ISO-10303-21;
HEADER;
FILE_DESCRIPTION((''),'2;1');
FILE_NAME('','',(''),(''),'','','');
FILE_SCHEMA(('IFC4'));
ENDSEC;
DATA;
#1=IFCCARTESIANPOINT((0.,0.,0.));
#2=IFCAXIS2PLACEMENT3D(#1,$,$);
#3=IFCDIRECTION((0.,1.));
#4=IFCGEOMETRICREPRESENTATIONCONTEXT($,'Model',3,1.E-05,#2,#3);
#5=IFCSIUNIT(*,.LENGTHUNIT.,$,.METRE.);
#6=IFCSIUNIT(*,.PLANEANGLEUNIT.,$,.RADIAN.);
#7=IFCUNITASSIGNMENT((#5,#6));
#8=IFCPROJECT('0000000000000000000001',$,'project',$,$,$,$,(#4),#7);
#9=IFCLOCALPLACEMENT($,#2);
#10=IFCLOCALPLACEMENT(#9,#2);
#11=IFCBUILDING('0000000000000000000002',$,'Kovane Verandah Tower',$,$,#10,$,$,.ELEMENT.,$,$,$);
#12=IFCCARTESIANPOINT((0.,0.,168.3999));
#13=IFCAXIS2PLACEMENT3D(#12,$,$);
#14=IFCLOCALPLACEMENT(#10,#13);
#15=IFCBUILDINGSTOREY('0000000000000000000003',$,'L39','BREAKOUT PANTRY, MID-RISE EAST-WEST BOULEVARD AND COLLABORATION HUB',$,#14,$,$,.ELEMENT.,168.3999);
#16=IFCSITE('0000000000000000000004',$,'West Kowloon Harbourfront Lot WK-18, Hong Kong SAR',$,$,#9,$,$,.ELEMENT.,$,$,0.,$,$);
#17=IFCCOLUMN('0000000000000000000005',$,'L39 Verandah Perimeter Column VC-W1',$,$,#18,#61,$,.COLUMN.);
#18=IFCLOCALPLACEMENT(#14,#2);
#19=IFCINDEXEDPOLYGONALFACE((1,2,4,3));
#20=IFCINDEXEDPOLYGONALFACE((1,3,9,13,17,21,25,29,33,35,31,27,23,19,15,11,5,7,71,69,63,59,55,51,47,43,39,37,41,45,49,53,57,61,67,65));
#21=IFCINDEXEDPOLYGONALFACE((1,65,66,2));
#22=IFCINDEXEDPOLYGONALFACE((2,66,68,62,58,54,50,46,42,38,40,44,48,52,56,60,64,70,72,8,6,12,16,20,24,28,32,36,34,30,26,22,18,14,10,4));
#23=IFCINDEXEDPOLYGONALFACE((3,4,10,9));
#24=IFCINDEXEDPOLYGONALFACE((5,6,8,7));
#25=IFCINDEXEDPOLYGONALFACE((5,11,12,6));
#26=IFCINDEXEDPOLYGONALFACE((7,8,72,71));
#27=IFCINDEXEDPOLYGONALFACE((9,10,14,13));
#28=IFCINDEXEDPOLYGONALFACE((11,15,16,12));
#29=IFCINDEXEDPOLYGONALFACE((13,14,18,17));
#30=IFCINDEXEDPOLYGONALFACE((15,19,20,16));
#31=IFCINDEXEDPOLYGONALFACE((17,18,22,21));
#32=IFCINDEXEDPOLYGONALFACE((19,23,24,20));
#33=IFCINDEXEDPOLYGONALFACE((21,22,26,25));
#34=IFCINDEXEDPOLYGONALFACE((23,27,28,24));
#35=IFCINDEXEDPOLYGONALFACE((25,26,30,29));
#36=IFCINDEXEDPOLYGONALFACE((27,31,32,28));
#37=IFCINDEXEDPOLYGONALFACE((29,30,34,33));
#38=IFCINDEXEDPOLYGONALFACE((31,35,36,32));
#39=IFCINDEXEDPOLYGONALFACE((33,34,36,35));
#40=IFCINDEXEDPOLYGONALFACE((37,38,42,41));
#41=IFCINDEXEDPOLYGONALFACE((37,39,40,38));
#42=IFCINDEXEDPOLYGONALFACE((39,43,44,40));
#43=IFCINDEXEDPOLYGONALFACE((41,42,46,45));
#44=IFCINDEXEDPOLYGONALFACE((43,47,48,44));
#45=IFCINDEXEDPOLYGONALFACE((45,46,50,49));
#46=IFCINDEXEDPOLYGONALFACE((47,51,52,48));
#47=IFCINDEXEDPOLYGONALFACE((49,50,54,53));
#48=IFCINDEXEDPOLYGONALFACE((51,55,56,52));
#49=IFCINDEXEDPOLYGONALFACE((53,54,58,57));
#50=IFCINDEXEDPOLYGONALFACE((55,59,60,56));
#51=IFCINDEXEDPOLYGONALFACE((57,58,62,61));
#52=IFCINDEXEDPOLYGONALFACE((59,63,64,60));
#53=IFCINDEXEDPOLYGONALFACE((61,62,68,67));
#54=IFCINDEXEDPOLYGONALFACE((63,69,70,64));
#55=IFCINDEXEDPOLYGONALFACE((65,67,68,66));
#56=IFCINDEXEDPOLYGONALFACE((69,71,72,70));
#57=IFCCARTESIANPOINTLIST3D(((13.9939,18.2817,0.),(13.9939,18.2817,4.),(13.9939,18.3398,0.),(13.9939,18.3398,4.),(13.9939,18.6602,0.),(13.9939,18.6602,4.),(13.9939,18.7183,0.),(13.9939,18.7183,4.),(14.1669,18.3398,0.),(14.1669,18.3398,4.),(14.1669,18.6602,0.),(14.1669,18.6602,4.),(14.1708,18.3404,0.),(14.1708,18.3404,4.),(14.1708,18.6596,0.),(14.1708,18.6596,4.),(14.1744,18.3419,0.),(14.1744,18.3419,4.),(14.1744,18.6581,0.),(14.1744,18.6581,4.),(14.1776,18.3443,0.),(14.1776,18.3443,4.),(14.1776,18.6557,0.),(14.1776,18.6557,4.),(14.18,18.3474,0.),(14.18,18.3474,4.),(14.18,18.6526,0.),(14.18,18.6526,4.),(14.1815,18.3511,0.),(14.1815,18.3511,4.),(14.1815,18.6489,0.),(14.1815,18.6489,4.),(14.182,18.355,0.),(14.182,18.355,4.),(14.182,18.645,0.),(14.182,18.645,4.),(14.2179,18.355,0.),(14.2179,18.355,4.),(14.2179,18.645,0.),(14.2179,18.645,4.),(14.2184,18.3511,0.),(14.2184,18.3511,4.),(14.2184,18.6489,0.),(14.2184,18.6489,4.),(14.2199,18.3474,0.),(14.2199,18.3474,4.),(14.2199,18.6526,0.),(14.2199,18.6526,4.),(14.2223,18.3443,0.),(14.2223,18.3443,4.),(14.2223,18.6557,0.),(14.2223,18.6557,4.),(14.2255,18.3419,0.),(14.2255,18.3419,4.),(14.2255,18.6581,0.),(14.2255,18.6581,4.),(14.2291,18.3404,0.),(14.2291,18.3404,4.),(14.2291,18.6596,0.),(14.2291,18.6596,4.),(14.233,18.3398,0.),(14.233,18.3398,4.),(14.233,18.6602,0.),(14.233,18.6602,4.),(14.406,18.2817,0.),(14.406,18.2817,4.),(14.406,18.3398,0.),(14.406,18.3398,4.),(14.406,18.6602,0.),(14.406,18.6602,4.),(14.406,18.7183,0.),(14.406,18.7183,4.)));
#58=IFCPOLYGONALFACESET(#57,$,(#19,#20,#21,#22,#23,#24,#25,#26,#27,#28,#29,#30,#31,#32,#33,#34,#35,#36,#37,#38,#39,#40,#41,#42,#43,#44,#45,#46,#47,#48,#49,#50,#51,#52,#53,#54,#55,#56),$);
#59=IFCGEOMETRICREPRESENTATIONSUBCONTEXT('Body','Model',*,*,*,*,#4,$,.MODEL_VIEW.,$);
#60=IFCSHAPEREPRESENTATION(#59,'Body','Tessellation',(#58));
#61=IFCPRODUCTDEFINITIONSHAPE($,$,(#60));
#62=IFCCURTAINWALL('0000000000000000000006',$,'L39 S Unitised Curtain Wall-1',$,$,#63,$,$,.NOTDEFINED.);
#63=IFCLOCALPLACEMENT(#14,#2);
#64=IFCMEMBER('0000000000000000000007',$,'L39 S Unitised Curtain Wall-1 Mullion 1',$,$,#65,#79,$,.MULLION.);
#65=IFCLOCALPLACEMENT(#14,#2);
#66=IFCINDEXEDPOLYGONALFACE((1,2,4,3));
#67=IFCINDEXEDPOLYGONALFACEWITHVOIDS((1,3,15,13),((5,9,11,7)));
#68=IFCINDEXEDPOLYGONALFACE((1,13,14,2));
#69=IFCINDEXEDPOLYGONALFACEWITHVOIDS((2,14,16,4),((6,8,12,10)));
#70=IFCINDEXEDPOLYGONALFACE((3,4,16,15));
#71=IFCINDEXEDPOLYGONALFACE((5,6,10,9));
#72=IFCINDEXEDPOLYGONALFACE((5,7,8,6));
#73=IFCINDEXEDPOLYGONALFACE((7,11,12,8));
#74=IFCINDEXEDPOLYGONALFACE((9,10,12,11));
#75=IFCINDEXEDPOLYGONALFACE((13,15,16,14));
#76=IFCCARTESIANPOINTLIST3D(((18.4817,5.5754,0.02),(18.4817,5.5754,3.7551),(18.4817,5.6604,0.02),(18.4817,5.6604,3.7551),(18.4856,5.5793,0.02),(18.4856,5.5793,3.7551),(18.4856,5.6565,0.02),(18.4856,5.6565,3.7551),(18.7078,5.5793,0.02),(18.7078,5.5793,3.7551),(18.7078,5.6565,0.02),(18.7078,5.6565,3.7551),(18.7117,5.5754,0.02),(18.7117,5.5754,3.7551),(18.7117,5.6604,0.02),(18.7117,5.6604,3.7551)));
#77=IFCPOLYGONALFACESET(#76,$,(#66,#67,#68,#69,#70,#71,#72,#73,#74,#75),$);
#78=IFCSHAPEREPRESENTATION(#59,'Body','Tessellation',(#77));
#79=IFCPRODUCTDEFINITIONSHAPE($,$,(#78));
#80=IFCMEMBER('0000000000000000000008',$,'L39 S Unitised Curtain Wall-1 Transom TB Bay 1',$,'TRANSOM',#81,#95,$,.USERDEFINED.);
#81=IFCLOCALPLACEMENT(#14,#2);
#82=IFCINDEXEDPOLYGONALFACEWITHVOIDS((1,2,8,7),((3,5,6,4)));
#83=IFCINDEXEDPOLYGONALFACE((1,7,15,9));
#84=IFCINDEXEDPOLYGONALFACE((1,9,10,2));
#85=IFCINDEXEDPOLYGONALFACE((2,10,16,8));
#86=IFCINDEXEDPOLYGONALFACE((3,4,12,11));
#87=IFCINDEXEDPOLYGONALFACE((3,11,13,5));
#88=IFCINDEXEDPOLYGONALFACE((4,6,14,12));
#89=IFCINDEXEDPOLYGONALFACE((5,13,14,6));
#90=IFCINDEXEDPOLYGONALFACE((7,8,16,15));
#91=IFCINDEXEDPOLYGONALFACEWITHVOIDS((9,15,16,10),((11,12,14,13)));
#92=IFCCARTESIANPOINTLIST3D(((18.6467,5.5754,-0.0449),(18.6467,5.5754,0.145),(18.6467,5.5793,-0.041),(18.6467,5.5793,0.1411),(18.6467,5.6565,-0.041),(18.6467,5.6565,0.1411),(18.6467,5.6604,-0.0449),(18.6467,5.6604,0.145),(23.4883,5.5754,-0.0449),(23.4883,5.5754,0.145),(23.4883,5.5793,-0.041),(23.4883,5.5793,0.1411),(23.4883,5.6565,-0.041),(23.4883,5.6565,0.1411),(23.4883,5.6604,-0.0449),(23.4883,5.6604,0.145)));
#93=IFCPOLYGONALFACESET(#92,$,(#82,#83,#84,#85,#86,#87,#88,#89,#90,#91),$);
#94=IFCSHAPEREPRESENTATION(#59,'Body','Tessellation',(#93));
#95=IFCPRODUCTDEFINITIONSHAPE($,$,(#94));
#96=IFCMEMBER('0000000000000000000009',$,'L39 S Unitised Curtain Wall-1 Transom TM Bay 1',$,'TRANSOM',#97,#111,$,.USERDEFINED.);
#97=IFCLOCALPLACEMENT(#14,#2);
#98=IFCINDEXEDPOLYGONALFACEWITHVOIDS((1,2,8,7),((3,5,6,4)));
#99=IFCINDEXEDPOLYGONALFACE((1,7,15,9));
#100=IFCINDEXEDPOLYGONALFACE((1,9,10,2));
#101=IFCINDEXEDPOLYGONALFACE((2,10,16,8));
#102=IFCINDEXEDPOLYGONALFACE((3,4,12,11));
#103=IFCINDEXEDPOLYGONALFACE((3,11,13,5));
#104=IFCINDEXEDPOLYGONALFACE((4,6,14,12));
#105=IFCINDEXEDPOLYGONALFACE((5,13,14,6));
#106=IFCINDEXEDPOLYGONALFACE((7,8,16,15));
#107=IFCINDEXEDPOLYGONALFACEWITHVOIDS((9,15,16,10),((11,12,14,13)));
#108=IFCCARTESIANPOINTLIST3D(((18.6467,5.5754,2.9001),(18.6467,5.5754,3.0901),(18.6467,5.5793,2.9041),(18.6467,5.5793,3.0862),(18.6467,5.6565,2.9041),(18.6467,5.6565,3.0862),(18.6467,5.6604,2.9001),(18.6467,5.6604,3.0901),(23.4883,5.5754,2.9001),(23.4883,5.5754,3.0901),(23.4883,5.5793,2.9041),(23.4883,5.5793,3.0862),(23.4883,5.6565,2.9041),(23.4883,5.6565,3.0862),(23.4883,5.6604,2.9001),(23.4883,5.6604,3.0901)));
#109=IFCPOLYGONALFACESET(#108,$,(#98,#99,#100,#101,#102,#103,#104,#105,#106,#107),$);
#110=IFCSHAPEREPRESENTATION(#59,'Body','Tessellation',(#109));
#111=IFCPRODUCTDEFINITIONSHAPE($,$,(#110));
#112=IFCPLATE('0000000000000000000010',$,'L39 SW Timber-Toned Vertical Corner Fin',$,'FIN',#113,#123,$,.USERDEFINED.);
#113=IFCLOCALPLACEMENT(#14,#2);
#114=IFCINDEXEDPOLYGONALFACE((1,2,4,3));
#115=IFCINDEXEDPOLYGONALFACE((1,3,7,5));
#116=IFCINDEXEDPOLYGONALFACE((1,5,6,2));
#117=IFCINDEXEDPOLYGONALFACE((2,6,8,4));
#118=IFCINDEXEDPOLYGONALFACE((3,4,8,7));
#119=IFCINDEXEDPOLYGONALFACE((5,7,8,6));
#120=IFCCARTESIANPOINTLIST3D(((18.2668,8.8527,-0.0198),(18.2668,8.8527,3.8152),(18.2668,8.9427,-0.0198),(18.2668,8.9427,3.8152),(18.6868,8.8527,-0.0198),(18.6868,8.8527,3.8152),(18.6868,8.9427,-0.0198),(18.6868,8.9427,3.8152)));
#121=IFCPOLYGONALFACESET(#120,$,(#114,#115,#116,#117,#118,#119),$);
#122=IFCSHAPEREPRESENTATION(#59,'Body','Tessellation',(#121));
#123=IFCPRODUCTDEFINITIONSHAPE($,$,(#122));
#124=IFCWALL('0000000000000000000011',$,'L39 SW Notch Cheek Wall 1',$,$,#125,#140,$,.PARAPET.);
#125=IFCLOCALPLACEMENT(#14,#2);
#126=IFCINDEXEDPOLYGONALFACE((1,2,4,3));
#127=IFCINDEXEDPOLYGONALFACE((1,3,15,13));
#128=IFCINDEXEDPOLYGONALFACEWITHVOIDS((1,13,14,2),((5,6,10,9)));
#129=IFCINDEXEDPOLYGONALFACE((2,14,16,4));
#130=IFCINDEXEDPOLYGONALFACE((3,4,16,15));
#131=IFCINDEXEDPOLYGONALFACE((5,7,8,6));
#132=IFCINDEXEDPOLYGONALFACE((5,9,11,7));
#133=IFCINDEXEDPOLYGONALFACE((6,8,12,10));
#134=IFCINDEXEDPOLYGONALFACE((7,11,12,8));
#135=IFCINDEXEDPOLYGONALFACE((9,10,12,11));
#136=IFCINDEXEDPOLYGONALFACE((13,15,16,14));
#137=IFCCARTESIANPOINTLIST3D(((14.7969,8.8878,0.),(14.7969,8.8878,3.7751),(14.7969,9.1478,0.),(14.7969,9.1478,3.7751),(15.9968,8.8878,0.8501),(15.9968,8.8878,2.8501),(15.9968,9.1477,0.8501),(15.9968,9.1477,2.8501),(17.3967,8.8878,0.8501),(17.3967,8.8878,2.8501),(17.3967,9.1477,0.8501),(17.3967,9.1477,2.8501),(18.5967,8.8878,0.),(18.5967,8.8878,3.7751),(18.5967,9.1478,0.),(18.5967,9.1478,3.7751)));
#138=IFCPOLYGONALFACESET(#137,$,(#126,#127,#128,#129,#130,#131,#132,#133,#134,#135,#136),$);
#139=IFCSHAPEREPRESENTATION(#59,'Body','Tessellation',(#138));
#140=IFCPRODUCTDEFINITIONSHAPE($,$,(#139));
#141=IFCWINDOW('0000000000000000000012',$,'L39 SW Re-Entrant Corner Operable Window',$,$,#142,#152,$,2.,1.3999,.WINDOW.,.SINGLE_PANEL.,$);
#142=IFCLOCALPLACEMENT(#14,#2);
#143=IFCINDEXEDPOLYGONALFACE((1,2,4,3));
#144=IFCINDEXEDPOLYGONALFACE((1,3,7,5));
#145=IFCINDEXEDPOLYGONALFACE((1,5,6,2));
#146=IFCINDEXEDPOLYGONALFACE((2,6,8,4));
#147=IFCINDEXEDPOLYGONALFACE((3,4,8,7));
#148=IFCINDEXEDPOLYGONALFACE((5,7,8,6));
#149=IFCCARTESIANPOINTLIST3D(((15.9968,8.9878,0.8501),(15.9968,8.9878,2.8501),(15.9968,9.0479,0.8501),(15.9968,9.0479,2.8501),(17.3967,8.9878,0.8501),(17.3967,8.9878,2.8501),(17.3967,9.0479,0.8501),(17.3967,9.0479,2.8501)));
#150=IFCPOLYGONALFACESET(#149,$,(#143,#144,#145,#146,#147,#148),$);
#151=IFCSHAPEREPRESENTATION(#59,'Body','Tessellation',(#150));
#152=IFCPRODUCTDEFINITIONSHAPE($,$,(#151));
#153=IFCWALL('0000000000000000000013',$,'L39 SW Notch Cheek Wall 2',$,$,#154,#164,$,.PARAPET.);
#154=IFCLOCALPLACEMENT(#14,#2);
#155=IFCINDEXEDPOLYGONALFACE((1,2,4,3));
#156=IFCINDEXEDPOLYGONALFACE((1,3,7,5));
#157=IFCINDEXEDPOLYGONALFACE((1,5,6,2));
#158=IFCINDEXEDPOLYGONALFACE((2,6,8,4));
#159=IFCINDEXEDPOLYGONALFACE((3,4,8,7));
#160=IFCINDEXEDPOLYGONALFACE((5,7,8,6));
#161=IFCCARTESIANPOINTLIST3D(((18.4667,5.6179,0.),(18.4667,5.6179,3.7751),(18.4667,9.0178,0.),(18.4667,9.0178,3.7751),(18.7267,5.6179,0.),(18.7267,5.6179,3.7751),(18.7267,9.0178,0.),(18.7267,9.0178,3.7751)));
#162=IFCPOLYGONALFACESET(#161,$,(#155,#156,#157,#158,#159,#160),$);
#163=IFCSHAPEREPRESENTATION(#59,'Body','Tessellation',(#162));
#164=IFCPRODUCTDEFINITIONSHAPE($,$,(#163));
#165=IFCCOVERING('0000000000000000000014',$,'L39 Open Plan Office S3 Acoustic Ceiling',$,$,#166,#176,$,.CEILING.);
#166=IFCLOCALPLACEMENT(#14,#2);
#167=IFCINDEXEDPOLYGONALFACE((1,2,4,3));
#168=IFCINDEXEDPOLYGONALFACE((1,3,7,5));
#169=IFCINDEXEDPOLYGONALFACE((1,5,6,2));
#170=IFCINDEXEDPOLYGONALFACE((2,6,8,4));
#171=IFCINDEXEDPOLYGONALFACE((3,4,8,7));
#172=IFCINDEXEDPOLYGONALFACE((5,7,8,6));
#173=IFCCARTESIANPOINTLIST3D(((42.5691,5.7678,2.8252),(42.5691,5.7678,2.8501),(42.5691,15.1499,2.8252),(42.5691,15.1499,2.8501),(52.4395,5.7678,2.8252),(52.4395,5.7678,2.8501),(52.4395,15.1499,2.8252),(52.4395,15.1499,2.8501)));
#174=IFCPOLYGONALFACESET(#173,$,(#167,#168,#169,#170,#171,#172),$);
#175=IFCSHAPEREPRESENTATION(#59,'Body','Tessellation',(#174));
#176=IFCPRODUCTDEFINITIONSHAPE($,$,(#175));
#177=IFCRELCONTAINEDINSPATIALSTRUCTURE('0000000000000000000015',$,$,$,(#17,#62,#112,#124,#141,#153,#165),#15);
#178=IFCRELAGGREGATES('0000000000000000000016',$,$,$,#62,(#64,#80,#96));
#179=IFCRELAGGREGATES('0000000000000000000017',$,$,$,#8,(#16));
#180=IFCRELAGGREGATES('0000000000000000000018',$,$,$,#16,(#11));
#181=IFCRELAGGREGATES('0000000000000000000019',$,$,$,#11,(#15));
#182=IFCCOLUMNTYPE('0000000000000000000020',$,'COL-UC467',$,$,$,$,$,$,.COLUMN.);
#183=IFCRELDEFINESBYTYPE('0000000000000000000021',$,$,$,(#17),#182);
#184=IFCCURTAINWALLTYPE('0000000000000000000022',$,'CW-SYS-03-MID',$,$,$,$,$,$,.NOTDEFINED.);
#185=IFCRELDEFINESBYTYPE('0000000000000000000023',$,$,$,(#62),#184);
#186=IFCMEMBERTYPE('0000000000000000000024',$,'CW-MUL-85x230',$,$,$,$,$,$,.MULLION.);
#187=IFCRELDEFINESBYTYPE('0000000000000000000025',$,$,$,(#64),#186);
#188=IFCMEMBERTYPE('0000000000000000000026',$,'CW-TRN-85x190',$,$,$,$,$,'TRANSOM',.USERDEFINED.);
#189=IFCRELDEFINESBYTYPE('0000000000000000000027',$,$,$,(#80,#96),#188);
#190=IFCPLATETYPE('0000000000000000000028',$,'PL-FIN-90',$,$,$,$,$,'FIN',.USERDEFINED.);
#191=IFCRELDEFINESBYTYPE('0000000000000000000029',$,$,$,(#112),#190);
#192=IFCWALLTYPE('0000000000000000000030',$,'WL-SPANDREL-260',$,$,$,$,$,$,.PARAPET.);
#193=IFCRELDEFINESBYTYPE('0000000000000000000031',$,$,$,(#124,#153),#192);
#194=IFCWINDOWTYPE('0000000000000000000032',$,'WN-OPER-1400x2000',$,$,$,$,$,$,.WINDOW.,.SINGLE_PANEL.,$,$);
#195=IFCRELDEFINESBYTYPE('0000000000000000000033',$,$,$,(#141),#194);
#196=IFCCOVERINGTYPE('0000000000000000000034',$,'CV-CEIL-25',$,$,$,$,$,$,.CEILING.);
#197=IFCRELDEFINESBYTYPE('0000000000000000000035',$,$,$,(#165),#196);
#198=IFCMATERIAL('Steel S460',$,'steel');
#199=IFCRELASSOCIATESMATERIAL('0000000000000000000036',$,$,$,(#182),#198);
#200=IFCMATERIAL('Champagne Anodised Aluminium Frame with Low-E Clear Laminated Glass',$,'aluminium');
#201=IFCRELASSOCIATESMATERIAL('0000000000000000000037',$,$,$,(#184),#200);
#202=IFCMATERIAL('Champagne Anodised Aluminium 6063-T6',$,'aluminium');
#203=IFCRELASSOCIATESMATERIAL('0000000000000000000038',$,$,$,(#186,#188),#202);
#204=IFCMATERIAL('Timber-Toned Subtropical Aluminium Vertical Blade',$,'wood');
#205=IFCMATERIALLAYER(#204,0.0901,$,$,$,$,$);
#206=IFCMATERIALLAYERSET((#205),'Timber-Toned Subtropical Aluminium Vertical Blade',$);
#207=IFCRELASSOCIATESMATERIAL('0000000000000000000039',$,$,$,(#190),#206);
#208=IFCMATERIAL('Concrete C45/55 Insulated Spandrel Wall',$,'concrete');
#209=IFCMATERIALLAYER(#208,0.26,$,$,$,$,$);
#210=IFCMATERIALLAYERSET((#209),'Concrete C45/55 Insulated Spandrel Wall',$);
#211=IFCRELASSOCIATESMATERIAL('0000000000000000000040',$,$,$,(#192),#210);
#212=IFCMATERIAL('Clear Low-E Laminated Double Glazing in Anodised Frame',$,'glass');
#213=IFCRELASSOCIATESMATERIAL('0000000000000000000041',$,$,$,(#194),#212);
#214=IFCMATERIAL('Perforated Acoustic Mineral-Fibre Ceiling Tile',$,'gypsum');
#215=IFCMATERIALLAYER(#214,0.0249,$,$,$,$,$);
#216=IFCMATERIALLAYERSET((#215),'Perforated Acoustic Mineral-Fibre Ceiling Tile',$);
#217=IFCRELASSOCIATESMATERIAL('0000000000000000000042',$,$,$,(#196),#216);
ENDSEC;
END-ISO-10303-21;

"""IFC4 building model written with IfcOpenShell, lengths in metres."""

from ifc_helpers import new_model, si_unit, direction, frame, frame_2d, origin, origin_2d, place, context, subcontext, project, spatial, polyline, rectangle, hollow_rectangle, i_section, outline, extrude, material, layer, layer_set, material_profile, profile_set, type_object, element, fill, aggregate, save


model = new_model("IFC4")

# Units and contexts
model_context = context("Model", 3, precision=1e-05, world=origin(), true_north=direction((0.0, 1.0)))
body_context = subcontext(model_context, "Body", "Model", "MODEL_VIEW")
ifc_project = project(units=[si_unit("LENGTHUNIT", "METRE"), si_unit("PLANEANGLEUNIT", "RADIAN")], contexts=[model_context])

# Site, building, storey
site_placement = place(None, origin())
site = spatial("IfcSite", under=ifc_project, at=site_placement, Name="West Kowloon Harbourfront Lot WK-18, Hong Kong SAR", CompositionType="ELEMENT", RefElevation=0.0)
building_placement = place(site_placement, origin())
building = spatial("IfcBuilding", under=site, at=building_placement, Name="Kovane Verandah Tower", CompositionType="ELEMENT")
storey_placement = place(building_placement, frame((0.0, 0.0, 168.3999)))
storey = spatial("IfcBuildingStorey", under=building, at=storey_placement, Name="L39", Description="BREAKOUT PANTRY, MID-RISE EAST-WEST BOULEVARD AND COLLABORATION HUB", CompositionType="ELEMENT", Elevation=168.3999)

# Column
ifc_material_1 = material(Name="Steel S460", Category="steel")
ifc_material_profile_1 = material_profile(ifc_material_1, i_section(OverallWidth=0.4121, OverallDepth=0.4365, WebThickness=0.0359, FlangeThickness=0.0581, FilletRadius=0.0151, at=origin_2d()), Name="UC356x406x467")
ifc_profile_set_1 = profile_set([ifc_material_profile_1], Name="Steel S460")
column_type = type_object("IfcColumnType", Name="COL-UC467", PredefinedType="COLUMN", material=ifc_profile_set_1)
column_placement = place(storey_placement, frame((14.2, 18.5, 0.0), z_axis=(0.0, 0.0, 1.0), x_axis=(1.0, 0.0, 0.0)))
element("IfcColumn", 1, at=column_placement, inside=storey, type_object=column_type, Name="L39 Verandah Perimeter Column VC-W1", PredefinedType="COLUMN", context=body_context, shape_type="SweptSolid", body=[
    extrude(i_section(OverallWidth=0.4121, OverallDepth=0.4365, WebThickness=0.0359, FlangeThickness=0.0581, FilletRadius=0.0151, at=origin_2d()), origin(), (0.0, 0.0, 1.0), 4.0),
])

# Curtain wall, members
ifc_material_2 = material(Name="Champagne Anodised Aluminium Frame with Low-E Clear Laminated Glass", Category="aluminium")
curtain_wall_type = type_object("IfcCurtainWallType", Name="CW-SYS-03-MID", PredefinedType="NOTDEFINED", material=ifc_material_2)
curtain_wall_placement = place(storey_placement, origin())
curtain_wall = element("IfcCurtainWall", 2, at=curtain_wall_placement, inside=storey, type_object=curtain_wall_type, Name="L39 S Unitised Curtain Wall-1", PredefinedType="NOTDEFINED")
ifc_material_3 = material(Name="Champagne Anodised Aluminium 6063-T6", Category="aluminium")
ifc_material_profile_2 = material_profile(ifc_material_3, hollow_rectangle(XDim=0.085, YDim=0.23, WallThickness=0.0039, at=origin_2d()), Name="AL85x230x4")
ifc_profile_set_2 = profile_set([ifc_material_profile_2], Name="Champagne Anodised Aluminium 6063-T6")
member_type_1 = type_object("IfcMemberType", Name="CW-MUL-85x230", PredefinedType="MULLION", material=ifc_profile_set_2)
member_1_placement = place(storey_placement, frame((18.5967, 5.6179, 0.02), z_axis=(0.0, 0.0, 1.0), x_axis=(0.0, -1.0, 0.0)))
member_1 = element("IfcMember", 3, at=member_1_placement, type_object=member_type_1, Name="L39 S Unitised Curtain Wall-1 Mullion 1", PredefinedType="MULLION", context=body_context, shape_type="SweptSolid", body=[
    extrude(hollow_rectangle(XDim=0.085, YDim=0.23, WallThickness=0.0039, at=origin_2d()), origin(), (0.0, 0.0, 1.0), 3.7351),
])
ifc_material_profile_3 = material_profile(ifc_material_3, hollow_rectangle(XDim=0.085, YDim=0.1899, WallThickness=0.0039, at=origin_2d()), Name="AL85x190x4")
ifc_profile_set_3 = profile_set([ifc_material_profile_3], Name="Champagne Anodised Aluminium 6063-T6")
member_type_2 = type_object("IfcMemberType", Name="CW-TRN-85x190", ElementType="TRANSOM", PredefinedType="USERDEFINED", material=ifc_profile_set_3)
member_2_placement = place(storey_placement, frame((18.6467, 5.6179, 0.05), z_axis=(1.0, 0.0, 0.0), x_axis=(0.0, 1.0, 0.0)))
member_2 = element("IfcMember", 4, at=member_2_placement, type_object=member_type_2, Name="L39 S Unitised Curtain Wall-1 Transom TB Bay 1", ObjectType="TRANSOM", PredefinedType="USERDEFINED", context=body_context, shape_type="SweptSolid", body=[
    extrude(hollow_rectangle(XDim=0.085, YDim=0.1899, WallThickness=0.0039, at=origin_2d()), origin(), (0.0, 0.0, 1.0), 4.8416),
])
member_3_placement = place(storey_placement, frame((18.6467, 5.6179, 2.9951), z_axis=(1.0, 0.0, 0.0), x_axis=(0.0, 1.0, 0.0)))
member_3 = element("IfcMember", 5, at=member_3_placement, type_object=member_type_2, Name="L39 S Unitised Curtain Wall-1 Transom TM Bay 1", ObjectType="TRANSOM", PredefinedType="USERDEFINED", context=body_context, shape_type="SweptSolid", body=[
    extrude(hollow_rectangle(XDim=0.085, YDim=0.1899, WallThickness=0.0039, at=origin_2d()), origin(), (0.0, 0.0, 1.0), 4.8416),
])
aggregate(curtain_wall, [member_1, member_2, member_3])

# Plate
ifc_material_4 = material(Name="Timber-Toned Subtropical Aluminium Vertical Blade", Category="wood")
ifc_layer_1 = layer(ifc_material_4, 0.0901)
ifc_layer_set_1 = layer_set([ifc_layer_1], Name="Timber-Toned Subtropical Aluminium Vertical Blade")
plate_type = type_object("IfcPlateType", Name="PL-FIN-90", ElementType="FIN", PredefinedType="USERDEFINED", material=ifc_layer_set_1)
plate_placement = place(storey_placement, frame((18.4768, 8.8977, -0.0198), z_axis=(0.0, 0.0, 1.0), x_axis=(1.0, 0.0, 0.0)))
element("IfcPlate", 6, at=plate_placement, inside=storey, type_object=plate_type, Name="L39 SW Timber-Toned Vertical Corner Fin", ObjectType="FIN", PredefinedType="USERDEFINED", context=body_context, shape_type="SweptSolid", body=[
    extrude(rectangle(XDim=0.4199, YDim=0.0901, at=origin_2d()), origin(), (0.0, 0.0, 1.0), 3.835),
])

# Wall, opening, window
ifc_material_5 = material(Name="Concrete C45/55 Insulated Spandrel Wall", Category="concrete")
ifc_layer_2 = layer(ifc_material_5, 0.26)
ifc_layer_set_2 = layer_set([ifc_layer_2], Name="Concrete C45/55 Insulated Spandrel Wall")
wall_type = type_object("IfcWallType", Name="WL-SPANDREL-260", PredefinedType="PARAPET", material=ifc_layer_set_2)
wall_1_placement = place(storey_placement, frame((14.7969, 9.0178, 0.0), z_axis=(0.0, 0.0, 1.0), x_axis=(1.0, 0.0, 0.0)))
wall_1 = element("IfcWall", 7, at=wall_1_placement, inside=storey, type_object=wall_type, Name="L39 SW Notch Cheek Wall 1", PredefinedType="PARAPET", context=body_context, shape_type="SweptSolid", body=[
    extrude(rectangle(XDim=3.7998, YDim=0.26, at=frame_2d((1.8999, 0.0))), origin(), (0.0, 0.0, 1.0), 3.7751),
])
opening_placement = place(wall_1_placement, frame((1.2, 0.0, 0.8501)))
opening = element("IfcOpeningElement", 8, at=opening_placement, cuts=wall_1, PredefinedType="OPENING", context=body_context, shape_type="SweptSolid", body=[
    extrude(rectangle(XDim=1.3999, YDim=2.0, at=frame_2d((0.7, 1.0))), frame((0.0, 0.1299, 0.0), z_axis=(0.0, -1.0, 0.0), x_axis=(1.0, 0.0, 0.0)), (0.0, 0.0, 1.0), 0.26),
])
ifc_material_6 = material(Name="Clear Low-E Laminated Double Glazing in Anodised Frame", Category="glass")
window_type = type_object("IfcWindowType", Name="WN-OPER-1400x2000", PartitioningType="SINGLE_PANEL", PredefinedType="WINDOW", material=ifc_material_6)
window_placement = place(opening_placement, origin())
window = element("IfcWindow", 9, at=window_placement, inside=storey, type_object=window_type, Name="L39 SW Re-Entrant Corner Operable Window", OverallHeight=2.0, OverallWidth=1.3999, PartitioningType="SINGLE_PANEL", PredefinedType="WINDOW", context=body_context, shape_type="SweptSolid", body=[
    extrude(rectangle(XDim=1.3999, YDim=2.0, at=frame_2d((0.7, 1.0))), frame((0.0, 0.03, 0.0), z_axis=(0.0, -1.0, 0.0), x_axis=(1.0, 0.0, 0.0)), (0.0, 0.0, 1.0), 0.0601),
])
fill(opening, window)

# Wall
wall_2_placement = place(storey_placement, frame((18.5967, 9.0178, 0.0), z_axis=(0.0, 0.0, 1.0), x_axis=(0.0, -1.0, 0.0)))
element("IfcWall", 10, at=wall_2_placement, inside=storey, type_object=wall_type, Name="L39 SW Notch Cheek Wall 2", PredefinedType="PARAPET", context=body_context, shape_type="SweptSolid", body=[
    extrude(rectangle(XDim=3.3999, YDim=0.26, at=frame_2d((1.7, 0.0))), origin(), (0.0, 0.0, 1.0), 3.7751),
])

# Covering
ifc_material_7 = material(Name="Perforated Acoustic Mineral-Fibre Ceiling Tile", Category="gypsum")
ifc_layer_3 = layer(ifc_material_7, 0.0249)
ifc_layer_set_3 = layer_set([ifc_layer_3], Name="Perforated Acoustic Mineral-Fibre Ceiling Tile")
covering_type_1 = type_object("IfcCoveringType", Name="CV-CEIL-25", PredefinedType="CEILING", material=ifc_layer_set_3)
covering_1_placement = place(storey_placement, frame((0.0, 0.0, 2.8252)))
element("IfcCovering", 11, at=covering_1_placement, inside=storey, type_object=covering_type_1, Name="L39 Open Plan Office S3 Acoustic Ceiling", PredefinedType="CEILING", context=body_context, shape_type="SweptSolid", body=[
    extrude(outline(polyline([(42.5691, 5.7678), (52.4395, 5.7678), (52.4395, 15.1499), (42.5691, 15.1499), (42.5691, 5.7678)])), origin(), (0.0, 0.0, 1.0), 0.0249),
])

save(model, "model.ifc")
